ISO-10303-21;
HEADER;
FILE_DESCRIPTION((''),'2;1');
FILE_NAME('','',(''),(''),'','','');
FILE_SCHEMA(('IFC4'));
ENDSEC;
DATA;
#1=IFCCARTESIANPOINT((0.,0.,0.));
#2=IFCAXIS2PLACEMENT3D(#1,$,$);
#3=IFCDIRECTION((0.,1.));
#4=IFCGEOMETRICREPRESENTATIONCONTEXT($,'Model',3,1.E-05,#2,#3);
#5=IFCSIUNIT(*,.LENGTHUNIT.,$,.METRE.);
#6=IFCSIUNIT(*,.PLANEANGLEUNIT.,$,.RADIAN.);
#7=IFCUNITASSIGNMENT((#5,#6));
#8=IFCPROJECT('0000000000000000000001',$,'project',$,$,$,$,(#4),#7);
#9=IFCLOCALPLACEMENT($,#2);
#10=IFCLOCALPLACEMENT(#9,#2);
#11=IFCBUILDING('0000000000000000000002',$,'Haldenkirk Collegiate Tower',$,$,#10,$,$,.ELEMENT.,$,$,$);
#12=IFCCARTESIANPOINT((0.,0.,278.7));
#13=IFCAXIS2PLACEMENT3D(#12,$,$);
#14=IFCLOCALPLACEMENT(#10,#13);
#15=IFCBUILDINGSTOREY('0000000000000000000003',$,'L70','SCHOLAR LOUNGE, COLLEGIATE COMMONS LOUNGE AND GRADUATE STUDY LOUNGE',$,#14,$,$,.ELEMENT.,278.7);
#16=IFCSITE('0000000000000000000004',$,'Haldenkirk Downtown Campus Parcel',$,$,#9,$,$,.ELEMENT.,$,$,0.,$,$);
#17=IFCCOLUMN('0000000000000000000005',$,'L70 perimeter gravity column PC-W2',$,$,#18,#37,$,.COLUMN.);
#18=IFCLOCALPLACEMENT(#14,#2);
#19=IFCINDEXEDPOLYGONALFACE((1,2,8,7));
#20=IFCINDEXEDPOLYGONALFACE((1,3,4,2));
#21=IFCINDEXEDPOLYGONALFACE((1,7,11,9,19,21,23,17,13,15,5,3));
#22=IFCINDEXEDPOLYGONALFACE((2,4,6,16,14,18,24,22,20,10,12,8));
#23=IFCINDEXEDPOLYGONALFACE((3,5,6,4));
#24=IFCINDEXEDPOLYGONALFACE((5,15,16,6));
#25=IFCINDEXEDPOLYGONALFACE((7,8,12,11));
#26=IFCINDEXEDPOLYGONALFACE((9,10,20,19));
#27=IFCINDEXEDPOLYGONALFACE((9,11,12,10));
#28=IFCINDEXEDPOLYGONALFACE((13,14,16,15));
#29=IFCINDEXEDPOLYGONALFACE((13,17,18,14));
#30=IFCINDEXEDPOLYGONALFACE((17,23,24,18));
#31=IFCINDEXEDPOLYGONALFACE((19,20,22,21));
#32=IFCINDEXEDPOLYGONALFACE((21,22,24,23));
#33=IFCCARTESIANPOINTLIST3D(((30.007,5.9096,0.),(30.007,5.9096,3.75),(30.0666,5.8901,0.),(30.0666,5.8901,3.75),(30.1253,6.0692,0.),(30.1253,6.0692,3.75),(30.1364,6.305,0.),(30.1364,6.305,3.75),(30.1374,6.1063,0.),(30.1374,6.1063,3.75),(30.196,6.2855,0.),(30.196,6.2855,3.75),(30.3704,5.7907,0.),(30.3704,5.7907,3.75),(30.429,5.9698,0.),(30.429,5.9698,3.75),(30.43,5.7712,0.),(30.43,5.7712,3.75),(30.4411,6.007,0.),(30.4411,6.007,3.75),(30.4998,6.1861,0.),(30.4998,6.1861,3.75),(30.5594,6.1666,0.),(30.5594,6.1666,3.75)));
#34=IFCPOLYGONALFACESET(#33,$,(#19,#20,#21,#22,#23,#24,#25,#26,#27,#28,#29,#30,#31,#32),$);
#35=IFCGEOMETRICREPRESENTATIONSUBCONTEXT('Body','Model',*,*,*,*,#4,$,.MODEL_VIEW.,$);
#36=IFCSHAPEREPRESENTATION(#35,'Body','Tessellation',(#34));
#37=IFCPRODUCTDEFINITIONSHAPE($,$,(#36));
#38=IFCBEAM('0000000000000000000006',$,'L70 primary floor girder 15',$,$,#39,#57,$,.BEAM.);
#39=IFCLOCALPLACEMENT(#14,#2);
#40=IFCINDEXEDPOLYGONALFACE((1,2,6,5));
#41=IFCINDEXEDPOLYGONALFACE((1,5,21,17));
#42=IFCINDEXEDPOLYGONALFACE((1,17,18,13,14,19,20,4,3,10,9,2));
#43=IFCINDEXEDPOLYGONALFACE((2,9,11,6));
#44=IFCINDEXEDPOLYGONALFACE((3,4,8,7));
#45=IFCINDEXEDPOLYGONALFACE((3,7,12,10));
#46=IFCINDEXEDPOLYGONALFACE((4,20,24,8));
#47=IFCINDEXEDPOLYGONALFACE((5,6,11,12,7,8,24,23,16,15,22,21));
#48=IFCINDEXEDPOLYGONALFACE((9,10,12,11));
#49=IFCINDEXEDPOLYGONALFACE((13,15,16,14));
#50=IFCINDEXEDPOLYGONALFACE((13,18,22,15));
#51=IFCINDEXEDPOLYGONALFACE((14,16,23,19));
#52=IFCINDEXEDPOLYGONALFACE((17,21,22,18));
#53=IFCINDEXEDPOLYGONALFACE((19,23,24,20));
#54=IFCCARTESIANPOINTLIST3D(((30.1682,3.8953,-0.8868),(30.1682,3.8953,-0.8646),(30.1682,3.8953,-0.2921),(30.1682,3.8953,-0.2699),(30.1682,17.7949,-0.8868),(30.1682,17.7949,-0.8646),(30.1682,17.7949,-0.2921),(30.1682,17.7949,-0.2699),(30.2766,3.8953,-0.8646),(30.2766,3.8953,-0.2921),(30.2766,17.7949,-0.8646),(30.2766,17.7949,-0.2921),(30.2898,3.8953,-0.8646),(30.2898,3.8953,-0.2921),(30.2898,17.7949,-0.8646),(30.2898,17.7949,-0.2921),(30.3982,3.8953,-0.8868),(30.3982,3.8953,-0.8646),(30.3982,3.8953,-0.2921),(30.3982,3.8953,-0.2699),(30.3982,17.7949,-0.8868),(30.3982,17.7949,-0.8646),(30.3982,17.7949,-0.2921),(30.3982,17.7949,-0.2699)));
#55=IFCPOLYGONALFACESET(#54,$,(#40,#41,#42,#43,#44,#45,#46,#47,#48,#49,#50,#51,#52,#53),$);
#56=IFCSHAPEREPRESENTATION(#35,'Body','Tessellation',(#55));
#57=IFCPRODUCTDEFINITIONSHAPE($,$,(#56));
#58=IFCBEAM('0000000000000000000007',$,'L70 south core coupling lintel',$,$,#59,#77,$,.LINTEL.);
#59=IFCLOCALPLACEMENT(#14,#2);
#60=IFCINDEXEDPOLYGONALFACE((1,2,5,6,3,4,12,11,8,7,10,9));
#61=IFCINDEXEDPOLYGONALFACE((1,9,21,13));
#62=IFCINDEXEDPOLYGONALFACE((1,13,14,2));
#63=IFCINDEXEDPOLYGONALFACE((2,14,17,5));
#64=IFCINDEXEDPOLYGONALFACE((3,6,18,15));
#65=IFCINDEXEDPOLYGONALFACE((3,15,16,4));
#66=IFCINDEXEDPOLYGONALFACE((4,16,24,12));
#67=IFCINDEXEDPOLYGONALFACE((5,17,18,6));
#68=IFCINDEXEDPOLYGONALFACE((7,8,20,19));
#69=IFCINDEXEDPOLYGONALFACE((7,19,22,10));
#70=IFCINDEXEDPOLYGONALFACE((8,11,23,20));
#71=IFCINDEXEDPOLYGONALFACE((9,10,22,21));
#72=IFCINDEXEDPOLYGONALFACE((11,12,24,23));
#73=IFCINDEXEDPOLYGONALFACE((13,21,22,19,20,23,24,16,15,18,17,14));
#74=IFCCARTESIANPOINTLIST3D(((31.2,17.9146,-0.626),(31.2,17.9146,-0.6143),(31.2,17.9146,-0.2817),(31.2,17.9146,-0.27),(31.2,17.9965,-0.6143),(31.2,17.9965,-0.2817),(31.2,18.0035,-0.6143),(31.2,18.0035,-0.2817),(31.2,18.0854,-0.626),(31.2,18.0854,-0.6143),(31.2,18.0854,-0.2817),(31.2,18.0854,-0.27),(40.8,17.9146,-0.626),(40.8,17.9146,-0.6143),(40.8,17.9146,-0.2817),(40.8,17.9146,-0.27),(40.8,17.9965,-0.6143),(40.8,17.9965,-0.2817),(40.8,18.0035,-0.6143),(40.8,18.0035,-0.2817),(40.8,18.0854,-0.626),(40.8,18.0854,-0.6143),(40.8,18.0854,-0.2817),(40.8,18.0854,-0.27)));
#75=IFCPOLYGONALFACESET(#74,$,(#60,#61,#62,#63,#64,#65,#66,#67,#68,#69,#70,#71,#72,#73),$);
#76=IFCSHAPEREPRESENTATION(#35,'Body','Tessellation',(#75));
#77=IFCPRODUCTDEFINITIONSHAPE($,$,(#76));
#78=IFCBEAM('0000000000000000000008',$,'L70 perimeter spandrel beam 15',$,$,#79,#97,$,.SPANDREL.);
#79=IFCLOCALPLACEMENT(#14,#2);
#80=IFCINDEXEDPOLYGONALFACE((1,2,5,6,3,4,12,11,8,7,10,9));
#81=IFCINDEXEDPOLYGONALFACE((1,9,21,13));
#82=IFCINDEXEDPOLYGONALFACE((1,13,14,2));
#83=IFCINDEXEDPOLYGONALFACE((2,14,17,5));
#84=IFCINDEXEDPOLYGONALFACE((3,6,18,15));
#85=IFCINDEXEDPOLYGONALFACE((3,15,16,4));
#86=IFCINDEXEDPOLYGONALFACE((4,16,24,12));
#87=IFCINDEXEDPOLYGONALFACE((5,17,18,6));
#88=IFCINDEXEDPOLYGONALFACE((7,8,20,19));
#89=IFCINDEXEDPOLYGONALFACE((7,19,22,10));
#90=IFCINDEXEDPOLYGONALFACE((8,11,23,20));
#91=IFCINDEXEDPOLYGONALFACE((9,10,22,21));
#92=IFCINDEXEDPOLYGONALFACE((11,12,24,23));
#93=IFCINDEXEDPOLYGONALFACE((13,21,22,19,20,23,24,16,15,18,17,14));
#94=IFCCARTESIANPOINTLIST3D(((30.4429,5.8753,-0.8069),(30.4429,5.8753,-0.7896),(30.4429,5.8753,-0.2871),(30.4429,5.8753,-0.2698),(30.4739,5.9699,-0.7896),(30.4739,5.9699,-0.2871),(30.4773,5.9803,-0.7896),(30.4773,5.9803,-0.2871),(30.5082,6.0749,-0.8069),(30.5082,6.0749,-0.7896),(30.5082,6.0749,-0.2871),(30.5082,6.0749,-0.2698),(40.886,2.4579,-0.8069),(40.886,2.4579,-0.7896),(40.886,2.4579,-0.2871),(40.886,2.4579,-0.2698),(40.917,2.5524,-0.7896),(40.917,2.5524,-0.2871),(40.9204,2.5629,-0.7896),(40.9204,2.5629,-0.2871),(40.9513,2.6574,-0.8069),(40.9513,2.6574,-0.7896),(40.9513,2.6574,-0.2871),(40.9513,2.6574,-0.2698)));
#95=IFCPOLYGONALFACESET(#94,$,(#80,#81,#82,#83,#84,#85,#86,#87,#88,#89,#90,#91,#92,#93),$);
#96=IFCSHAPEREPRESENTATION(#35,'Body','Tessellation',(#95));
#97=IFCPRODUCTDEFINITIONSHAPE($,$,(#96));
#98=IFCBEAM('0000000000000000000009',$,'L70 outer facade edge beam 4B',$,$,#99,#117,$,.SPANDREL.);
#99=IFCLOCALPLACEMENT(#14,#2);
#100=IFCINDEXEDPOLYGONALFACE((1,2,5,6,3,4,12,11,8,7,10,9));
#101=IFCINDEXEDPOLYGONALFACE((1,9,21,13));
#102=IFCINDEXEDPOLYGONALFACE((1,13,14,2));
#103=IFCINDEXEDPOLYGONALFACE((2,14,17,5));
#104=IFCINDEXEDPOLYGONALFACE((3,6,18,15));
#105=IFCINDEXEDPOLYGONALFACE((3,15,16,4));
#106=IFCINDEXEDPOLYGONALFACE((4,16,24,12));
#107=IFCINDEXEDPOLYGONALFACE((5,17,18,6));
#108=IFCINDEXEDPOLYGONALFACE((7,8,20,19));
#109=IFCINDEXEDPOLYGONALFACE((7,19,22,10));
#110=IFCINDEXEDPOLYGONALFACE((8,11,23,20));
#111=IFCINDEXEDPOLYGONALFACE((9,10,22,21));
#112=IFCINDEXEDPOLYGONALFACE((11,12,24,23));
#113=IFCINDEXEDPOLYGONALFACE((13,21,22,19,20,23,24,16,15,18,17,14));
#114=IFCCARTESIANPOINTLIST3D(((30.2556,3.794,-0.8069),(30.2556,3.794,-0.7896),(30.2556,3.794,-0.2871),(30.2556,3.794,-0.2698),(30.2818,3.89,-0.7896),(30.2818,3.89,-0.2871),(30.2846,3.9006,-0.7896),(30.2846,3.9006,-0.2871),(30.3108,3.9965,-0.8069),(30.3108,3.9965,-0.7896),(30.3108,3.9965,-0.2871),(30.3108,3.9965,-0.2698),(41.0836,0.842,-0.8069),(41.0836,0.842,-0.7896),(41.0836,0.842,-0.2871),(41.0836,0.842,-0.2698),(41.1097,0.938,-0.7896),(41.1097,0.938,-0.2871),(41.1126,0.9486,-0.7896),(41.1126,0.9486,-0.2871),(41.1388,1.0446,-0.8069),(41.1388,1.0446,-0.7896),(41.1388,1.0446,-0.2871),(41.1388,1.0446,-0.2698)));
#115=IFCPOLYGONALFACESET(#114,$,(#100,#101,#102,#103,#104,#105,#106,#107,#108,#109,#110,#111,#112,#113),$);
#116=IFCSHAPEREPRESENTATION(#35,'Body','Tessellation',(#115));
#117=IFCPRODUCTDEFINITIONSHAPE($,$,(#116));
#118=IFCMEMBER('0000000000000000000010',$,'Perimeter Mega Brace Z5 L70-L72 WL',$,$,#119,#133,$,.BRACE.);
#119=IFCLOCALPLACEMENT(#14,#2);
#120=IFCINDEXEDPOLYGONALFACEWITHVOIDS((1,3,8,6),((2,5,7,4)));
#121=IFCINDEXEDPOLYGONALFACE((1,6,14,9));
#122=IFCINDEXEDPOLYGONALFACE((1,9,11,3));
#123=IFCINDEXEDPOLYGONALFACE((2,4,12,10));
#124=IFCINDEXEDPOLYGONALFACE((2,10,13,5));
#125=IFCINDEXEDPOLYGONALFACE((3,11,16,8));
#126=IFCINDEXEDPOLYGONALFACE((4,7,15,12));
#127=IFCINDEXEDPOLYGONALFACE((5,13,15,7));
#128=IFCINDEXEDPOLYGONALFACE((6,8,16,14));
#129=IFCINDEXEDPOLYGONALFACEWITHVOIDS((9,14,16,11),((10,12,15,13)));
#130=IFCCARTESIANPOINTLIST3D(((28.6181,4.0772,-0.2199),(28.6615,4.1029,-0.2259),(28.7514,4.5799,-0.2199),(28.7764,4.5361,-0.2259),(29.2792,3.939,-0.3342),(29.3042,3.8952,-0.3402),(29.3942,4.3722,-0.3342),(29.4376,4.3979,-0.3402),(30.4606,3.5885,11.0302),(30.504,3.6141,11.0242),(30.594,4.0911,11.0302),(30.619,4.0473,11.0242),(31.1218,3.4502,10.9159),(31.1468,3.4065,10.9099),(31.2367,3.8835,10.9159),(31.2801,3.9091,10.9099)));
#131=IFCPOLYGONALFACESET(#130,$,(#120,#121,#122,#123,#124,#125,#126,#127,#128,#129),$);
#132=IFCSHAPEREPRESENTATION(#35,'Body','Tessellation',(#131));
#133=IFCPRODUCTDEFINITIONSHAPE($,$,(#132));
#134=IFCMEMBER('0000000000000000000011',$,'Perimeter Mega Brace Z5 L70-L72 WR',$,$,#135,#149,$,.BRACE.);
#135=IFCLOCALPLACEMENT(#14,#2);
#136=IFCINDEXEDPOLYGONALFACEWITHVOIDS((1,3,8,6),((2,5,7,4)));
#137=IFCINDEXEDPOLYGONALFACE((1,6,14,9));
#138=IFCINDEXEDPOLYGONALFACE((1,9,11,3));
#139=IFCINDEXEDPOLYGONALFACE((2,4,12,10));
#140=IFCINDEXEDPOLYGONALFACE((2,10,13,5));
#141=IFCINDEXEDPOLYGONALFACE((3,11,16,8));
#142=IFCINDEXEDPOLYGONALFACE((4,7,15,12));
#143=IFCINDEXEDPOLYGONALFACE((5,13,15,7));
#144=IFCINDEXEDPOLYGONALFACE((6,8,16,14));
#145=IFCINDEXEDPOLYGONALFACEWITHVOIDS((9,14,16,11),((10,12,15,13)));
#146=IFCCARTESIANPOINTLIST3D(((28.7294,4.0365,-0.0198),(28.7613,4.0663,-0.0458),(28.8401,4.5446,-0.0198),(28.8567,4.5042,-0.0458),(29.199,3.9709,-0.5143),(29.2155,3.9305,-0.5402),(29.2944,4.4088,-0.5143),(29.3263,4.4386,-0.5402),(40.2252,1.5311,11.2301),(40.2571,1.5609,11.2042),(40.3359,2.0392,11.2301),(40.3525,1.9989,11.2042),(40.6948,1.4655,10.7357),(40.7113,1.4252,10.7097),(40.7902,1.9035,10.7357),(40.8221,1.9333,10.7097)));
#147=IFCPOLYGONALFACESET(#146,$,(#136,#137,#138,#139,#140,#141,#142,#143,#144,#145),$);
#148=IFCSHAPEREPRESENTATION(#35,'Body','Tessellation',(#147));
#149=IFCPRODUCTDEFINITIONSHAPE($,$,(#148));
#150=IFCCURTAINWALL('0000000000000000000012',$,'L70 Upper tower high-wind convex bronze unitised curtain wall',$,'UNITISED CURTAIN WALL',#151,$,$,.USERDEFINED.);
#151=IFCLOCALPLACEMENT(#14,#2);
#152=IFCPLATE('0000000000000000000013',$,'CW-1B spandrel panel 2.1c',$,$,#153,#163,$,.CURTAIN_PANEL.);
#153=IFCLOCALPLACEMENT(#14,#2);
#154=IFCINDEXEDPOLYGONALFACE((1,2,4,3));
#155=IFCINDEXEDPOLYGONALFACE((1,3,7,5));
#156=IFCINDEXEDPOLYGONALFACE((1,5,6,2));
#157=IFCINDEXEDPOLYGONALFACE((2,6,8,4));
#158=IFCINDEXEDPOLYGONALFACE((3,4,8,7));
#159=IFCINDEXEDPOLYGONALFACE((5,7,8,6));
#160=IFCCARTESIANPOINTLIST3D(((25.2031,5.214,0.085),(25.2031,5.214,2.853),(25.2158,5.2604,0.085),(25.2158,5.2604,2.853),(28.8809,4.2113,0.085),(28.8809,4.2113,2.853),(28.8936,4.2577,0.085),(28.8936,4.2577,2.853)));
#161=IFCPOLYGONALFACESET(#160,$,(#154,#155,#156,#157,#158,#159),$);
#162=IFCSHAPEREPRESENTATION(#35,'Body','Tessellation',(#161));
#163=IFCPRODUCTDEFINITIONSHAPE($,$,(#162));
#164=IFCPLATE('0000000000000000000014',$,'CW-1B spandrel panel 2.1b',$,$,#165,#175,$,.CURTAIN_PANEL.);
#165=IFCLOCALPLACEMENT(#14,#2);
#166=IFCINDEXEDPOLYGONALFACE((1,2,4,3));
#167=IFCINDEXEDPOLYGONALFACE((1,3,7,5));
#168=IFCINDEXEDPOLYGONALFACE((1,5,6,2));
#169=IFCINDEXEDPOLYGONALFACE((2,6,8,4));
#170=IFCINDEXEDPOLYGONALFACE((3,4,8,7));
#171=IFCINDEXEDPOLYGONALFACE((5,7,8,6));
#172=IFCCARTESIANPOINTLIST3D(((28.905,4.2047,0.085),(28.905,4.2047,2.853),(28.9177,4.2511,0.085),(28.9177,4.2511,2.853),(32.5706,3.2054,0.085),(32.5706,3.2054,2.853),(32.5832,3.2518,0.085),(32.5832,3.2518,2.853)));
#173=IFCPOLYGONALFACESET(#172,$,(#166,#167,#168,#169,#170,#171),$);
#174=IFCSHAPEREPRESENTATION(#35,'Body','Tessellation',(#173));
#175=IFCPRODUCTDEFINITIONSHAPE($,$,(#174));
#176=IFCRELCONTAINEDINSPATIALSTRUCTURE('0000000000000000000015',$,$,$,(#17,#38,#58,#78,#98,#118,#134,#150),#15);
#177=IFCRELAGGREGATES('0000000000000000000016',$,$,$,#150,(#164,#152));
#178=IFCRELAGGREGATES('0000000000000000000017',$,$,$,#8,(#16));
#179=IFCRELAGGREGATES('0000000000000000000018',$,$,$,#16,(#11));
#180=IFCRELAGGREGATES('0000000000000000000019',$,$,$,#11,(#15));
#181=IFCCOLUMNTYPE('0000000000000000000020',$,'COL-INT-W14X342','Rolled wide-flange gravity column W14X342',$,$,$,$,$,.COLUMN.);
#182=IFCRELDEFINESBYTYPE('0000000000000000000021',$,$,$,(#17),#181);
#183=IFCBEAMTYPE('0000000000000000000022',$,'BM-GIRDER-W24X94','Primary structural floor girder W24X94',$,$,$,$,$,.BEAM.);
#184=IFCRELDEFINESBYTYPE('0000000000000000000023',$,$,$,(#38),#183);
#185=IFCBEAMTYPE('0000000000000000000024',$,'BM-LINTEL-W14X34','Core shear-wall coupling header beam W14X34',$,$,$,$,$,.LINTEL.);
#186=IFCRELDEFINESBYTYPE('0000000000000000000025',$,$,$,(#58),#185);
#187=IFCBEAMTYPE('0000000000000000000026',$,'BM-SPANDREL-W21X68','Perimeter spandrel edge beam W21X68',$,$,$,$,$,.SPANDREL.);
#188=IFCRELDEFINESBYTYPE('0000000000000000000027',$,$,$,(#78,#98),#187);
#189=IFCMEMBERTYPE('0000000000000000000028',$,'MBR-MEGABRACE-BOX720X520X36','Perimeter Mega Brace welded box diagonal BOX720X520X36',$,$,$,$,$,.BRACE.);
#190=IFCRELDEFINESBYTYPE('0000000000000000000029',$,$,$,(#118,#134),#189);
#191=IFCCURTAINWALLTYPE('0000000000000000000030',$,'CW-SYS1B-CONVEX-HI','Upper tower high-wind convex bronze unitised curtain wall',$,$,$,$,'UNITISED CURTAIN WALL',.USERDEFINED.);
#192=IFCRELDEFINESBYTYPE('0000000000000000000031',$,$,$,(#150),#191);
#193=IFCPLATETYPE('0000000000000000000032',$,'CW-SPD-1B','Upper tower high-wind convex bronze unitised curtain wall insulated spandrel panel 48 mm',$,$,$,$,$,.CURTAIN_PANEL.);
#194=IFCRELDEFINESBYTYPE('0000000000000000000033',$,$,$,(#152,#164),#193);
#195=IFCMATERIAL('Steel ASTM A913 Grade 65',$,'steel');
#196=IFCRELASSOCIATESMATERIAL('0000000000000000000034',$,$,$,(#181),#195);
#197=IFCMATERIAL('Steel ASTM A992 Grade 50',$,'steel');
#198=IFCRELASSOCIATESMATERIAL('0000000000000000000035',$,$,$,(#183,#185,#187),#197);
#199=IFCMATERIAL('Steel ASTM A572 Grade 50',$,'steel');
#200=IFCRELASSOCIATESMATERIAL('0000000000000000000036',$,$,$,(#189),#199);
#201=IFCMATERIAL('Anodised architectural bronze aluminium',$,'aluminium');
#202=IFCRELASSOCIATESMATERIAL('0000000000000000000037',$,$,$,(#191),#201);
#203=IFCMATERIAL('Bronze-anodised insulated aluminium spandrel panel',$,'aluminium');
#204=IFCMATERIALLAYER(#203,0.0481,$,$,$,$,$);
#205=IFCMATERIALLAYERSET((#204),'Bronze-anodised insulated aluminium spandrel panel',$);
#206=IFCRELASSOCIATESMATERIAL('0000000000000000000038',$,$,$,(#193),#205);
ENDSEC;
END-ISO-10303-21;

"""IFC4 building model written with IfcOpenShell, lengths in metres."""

from ifc_helpers import new_model, si_unit, direction, frame, origin, origin_2d, place, context, subcontext, project, spatial, rectangle, hollow_rectangle, i_section, extrude, source, transform, mapped, material, layer, layer_set, material_profile, profile_set, type_object, element, aggregate, save


model = new_model("IFC4")

# Units and contexts
model_context = context("Model", 3, precision=1e-05, world=origin(), true_north=direction((0.0, 1.0)))
body_context = subcontext(model_context, "Body", "Model", "MODEL_VIEW")
ifc_project = project(units=[si_unit("LENGTHUNIT", "METRE"), si_unit("PLANEANGLEUNIT", "RADIAN")], contexts=[model_context])

# Site, building, storey
site_placement = place(None, origin())
site = spatial("IfcSite", under=ifc_project, at=site_placement, Name="Haldenkirk Downtown Campus Parcel", CompositionType="ELEMENT", RefElevation=0.0)
building_placement = place(site_placement, origin())
building = spatial("IfcBuilding", under=site, at=building_placement, Name="Haldenkirk Collegiate Tower", CompositionType="ELEMENT")
storey_placement = place(building_placement, frame((0.0, 0.0, 278.7)))
storey = spatial("IfcBuildingStorey", under=building, at=storey_placement, Name="L70", Description="SCHOLAR LOUNGE, COLLEGIATE COMMONS LOUNGE AND GRADUATE STUDY LOUNGE", CompositionType="ELEMENT", Elevation=278.7)

# Column
ifc_material_1 = material(Name="Steel ASTM A913 Grade 65", Category="steel")
ifc_material_profile_1 = material_profile(ifc_material_1, i_section(OverallWidth=0.416, OverallDepth=0.4451, WebThickness=0.0391, FlangeThickness=0.0627, at=origin_2d()), Name="W14X342")
ifc_profile_set_1 = profile_set([ifc_material_profile_1], Name="Steel ASTM A913 Grade 65")
column_type = type_object("IfcColumnType", Name="COL-INT-W14X342", Description="Rolled wide-flange gravity column W14X342", PredefinedType="COLUMN", material=ifc_profile_set_1)
column_placement = place(storey_placement, frame((30.2832, 6.0381, 0.0), z_axis=(0.0, 0.0, 1.0), x_axis=(0.311008, 0.950407, 0.0)))
element("IfcColumn", 1, at=column_placement, inside=storey, type_object=column_type, Name="L70 perimeter gravity column PC-W2", PredefinedType="COLUMN", context=body_context, shape_type="SweptSolid", body=[
    extrude(i_section(OverallWidth=0.416, OverallDepth=0.4451, WebThickness=0.0391, FlangeThickness=0.0627, at=origin_2d()), origin(), (0.0, 0.0, 1.0), 3.75),
])

# Beams
ifc_material_2 = material(Name="Steel ASTM A992 Grade 50", Category="steel")
ifc_material_profile_2 = material_profile(ifc_material_2, i_section(OverallWidth=0.23, OverallDepth=0.6169, WebThickness=0.0132, FlangeThickness=0.0222, at=origin_2d()), Name="W24X94")
ifc_profile_set_2 = profile_set([ifc_material_profile_2], Name="Steel ASTM A992 Grade 50")
beam_type_1 = type_object("IfcBeamType", Name="BM-GIRDER-W24X94", Description="Primary structural floor girder W24X94", PredefinedType="BEAM", material=ifc_profile_set_2)
beam_1_placement = place(storey_placement, frame((30.2832, 3.8953, -0.5784), z_axis=(0.0, 1.0, 0.0), x_axis=(-1.0, 0.0, 0.0)))
element("IfcBeam", 2, at=beam_1_placement, inside=storey, type_object=beam_type_1, Name="L70 primary floor girder 15", PredefinedType="BEAM", context=body_context, shape_type="SweptSolid", body=[
    extrude(i_section(OverallWidth=0.23, OverallDepth=0.6169, WebThickness=0.0132, FlangeThickness=0.0222, at=origin_2d()), origin(), (0.0, 0.0, 1.0), 13.8997),
])
ifc_material_profile_3 = material_profile(ifc_material_2, i_section(OverallWidth=0.1709, OverallDepth=0.356, WebThickness=0.0071, FlangeThickness=0.0117, at=origin_2d()), Name="W14X34")
ifc_profile_set_3 = profile_set([ifc_material_profile_3], Name="Steel ASTM A992 Grade 50")
beam_type_2 = type_object("IfcBeamType", Name="BM-LINTEL-W14X34", Description="Core shear-wall coupling header beam W14X34", PredefinedType="LINTEL", material=ifc_profile_set_3)
beam_2_placement = place(storey_placement, frame((31.2, 18.0, -0.448), z_axis=(1.0, 0.0, 0.0), x_axis=(0.0, 1.0, 0.0)))
element("IfcBeam", 3, at=beam_2_placement, inside=storey, type_object=beam_type_2, Name="L70 south core coupling lintel", PredefinedType="LINTEL", context=body_context, shape_type="SweptSolid", body=[
    extrude(i_section(OverallWidth=0.1709, OverallDepth=0.356, WebThickness=0.0071, FlangeThickness=0.0117, at=origin_2d()), origin(), (0.0, 0.0, 1.0), 9.6001),
])
ifc_material_profile_4 = material_profile(ifc_material_2, i_section(OverallWidth=0.21, OverallDepth=0.5371, WebThickness=0.011, FlangeThickness=0.0173, at=origin_2d()), Name="W21X68")
ifc_profile_set_4 = profile_set([ifc_material_profile_4], Name="Steel ASTM A992 Grade 50")
beam_type_3 = type_object("IfcBeamType", Name="BM-SPANDREL-W21X68", Description="Perimeter spandrel edge beam W21X68", PredefinedType="SPANDREL", material=ifc_profile_set_4)
beam_3_placement = place(storey_placement, frame((30.4756, 5.9751, -0.5383), z_axis=(0.950404, -0.311017, 0.0), x_axis=(0.311017, 0.950404, 0.0)))
element("IfcBeam", 4, at=beam_3_placement, inside=storey, type_object=beam_type_3, Name="L70 perimeter spandrel beam 15", PredefinedType="SPANDREL", context=body_context, shape_type="SweptSolid", body=[
    extrude(i_section(OverallWidth=0.21, OverallDepth=0.5371, WebThickness=0.011, FlangeThickness=0.0173, at=origin_2d()), origin(), (0.0, 0.0, 1.0), 10.988),
])
beam_4_placement = place(storey_placement, frame((30.2832, 3.8953, -0.5383), z_axis=(0.96479, -0.263022, 0.0), x_axis=(0.263022, 0.96479, 0.0)))
element("IfcBeam", 5, at=beam_4_placement, inside=storey, type_object=beam_type_3, Name="L70 outer facade edge beam 4B", PredefinedType="SPANDREL", context=body_context, shape_type="SweptSolid", body=[
    extrude(i_section(OverallWidth=0.21, OverallDepth=0.5371, WebThickness=0.011, FlangeThickness=0.0173, at=origin_2d()), origin(), (0.0, 0.0, 1.0), 11.2231),
])

# Members
ifc_material_3 = material(Name="Steel ASTM A572 Grade 50", Category="steel")
ifc_material_profile_5 = material_profile(ifc_material_3, hollow_rectangle(XDim=0.52, YDim=0.72, WallThickness=0.0359, at=origin_2d()), Name="BOX720X520X36")
ifc_profile_set_5 = profile_set([ifc_material_profile_5], Name="Steel ASTM A572 Grade 50")
member_type = type_object("IfcMemberType", Name="MBR-MEGABRACE-BOX720X520X36", Description="Perimeter Mega Brace welded box diagonal BOX720X520X36", PredefinedType="BRACE", material=ifc_profile_set_5)
member_1_placement = place(storey_placement, frame((29.0278, 4.2375, -0.28), z_axis=(0.161479, -0.042836, 0.985946), x_axis=(0.256403, 0.96657, 0.0)))
element("IfcMember", 6, at=member_1_placement, inside=storey, type_object=member_type, Name="Perimeter Mega Brace Z5 L70-L72 WL", PredefinedType="BRACE", context=body_context, shape_type="SweptSolid", body=[
    extrude(hollow_rectangle(XDim=0.52, YDim=0.72, WallThickness=0.0359, at=origin_2d()), origin(), (0.0, 0.0, 1.0), 11.4104),
])
member_2_placement = place(storey_placement, frame((29.0278, 4.2375, -0.28), z_axis=(0.706192, -0.153905, 0.69109), x_axis=(0.212939, 0.977066, 0.0)))
element("IfcMember", 7, at=member_2_placement, inside=storey, type_object=member_type, Name="Perimeter Mega Brace Z5 L70-L72 WR", PredefinedType="BRACE", context=body_context, shape_type="SweptSolid", body=[
    extrude(hollow_rectangle(XDim=0.52, YDim=0.72, WallThickness=0.0359, at=origin_2d()), origin(), (0.0, 0.0, 1.0), 16.2786),
])

# Curtain wall, plates
ifc_material_4 = material(Name="Anodised architectural bronze aluminium", Category="aluminium")
curtain_wall_type = type_object("IfcCurtainWallType", Name="CW-SYS1B-CONVEX-HI", Description="Upper tower high-wind convex bronze unitised curtain wall", ElementType="UNITISED CURTAIN WALL", PredefinedType="USERDEFINED", material=ifc_material_4)
curtain_wall_placement = place(storey_placement, origin())
curtain_wall = element("IfcCurtainWall", 8, at=curtain_wall_placement, inside=storey, type_object=curtain_wall_type, Name="L70 Upper tower high-wind convex bronze unitised curtain wall", ObjectType="UNITISED CURTAIN WALL", PredefinedType="USERDEFINED")
ifc_material_5 = material(Name="Bronze-anodised insulated aluminium spandrel panel", Category="aluminium")
ifc_layer_1 = layer(ifc_material_5, 0.0481)
ifc_layer_set_1 = layer_set([ifc_layer_1], Name="Bronze-anodised insulated aluminium spandrel panel")
plate_type = type_object("IfcPlateType", Name="CW-SPD-1B", Description="Upper tower high-wind convex bronze unitised curtain wall insulated spandrel panel 48 mm", PredefinedType="CURTAIN_PANEL", material=ifc_layer_set_1)
shared_shape_1 = source(origin(), body_context, "Body", "SweptSolid", [
    extrude(rectangle(XDim=3.812, YDim=0.0481, at=origin_2d()), origin(), (0.0, 0.0, 1.0), 2.7681),
])
plate_1_placement = place(storey_placement, frame((27.0483, 4.7358, 0.085), z_axis=(0.0, 0.0, 1.0), x_axis=(-0.964787, 0.263031, 0.0)))
plate_1 = element("IfcPlate", 9, at=plate_1_placement, type_object=plate_type, Name="CW-1B spandrel panel 2.1c", PredefinedType="CURTAIN_PANEL", context=body_context, shape_type="MappedRepresentation", body=[
    mapped(shared_shape_1, transform((0.0, 0.0, 0.0), x_axis=(1.0, 0.0, 0.0), y_axis=(0.0, 1.0, 0.0), z_axis=(0.0, 0.0, 1.0), scale=1.0)),
])
shared_shape_2 = source(origin(), body_context, "Body", "SweptSolid", [
    extrude(rectangle(XDim=3.7993, YDim=0.0481, at=origin_2d()), origin(), (0.0, 0.0, 1.0), 2.7681),
])
plate_2_placement = place(storey_placement, frame((30.7441, 3.7283, 0.085), z_axis=(0.0, 0.0, 1.0), x_axis=(-0.964787, 0.263031, 0.0)))
plate_2 = element("IfcPlate", 10, at=plate_2_placement, type_object=plate_type, Name="CW-1B spandrel panel 2.1b", PredefinedType="CURTAIN_PANEL", context=body_context, shape_type="MappedRepresentation", body=[
    mapped(shared_shape_2, transform((0.0, 0.0, 0.0), x_axis=(1.0, 0.0, 0.0), y_axis=(0.0, 1.0, 0.0), z_axis=(0.0, 0.0, 1.0), scale=1.0)),
])
aggregate(curtain_wall, [plate_2, plate_1])

save(model, "model.ifc")
